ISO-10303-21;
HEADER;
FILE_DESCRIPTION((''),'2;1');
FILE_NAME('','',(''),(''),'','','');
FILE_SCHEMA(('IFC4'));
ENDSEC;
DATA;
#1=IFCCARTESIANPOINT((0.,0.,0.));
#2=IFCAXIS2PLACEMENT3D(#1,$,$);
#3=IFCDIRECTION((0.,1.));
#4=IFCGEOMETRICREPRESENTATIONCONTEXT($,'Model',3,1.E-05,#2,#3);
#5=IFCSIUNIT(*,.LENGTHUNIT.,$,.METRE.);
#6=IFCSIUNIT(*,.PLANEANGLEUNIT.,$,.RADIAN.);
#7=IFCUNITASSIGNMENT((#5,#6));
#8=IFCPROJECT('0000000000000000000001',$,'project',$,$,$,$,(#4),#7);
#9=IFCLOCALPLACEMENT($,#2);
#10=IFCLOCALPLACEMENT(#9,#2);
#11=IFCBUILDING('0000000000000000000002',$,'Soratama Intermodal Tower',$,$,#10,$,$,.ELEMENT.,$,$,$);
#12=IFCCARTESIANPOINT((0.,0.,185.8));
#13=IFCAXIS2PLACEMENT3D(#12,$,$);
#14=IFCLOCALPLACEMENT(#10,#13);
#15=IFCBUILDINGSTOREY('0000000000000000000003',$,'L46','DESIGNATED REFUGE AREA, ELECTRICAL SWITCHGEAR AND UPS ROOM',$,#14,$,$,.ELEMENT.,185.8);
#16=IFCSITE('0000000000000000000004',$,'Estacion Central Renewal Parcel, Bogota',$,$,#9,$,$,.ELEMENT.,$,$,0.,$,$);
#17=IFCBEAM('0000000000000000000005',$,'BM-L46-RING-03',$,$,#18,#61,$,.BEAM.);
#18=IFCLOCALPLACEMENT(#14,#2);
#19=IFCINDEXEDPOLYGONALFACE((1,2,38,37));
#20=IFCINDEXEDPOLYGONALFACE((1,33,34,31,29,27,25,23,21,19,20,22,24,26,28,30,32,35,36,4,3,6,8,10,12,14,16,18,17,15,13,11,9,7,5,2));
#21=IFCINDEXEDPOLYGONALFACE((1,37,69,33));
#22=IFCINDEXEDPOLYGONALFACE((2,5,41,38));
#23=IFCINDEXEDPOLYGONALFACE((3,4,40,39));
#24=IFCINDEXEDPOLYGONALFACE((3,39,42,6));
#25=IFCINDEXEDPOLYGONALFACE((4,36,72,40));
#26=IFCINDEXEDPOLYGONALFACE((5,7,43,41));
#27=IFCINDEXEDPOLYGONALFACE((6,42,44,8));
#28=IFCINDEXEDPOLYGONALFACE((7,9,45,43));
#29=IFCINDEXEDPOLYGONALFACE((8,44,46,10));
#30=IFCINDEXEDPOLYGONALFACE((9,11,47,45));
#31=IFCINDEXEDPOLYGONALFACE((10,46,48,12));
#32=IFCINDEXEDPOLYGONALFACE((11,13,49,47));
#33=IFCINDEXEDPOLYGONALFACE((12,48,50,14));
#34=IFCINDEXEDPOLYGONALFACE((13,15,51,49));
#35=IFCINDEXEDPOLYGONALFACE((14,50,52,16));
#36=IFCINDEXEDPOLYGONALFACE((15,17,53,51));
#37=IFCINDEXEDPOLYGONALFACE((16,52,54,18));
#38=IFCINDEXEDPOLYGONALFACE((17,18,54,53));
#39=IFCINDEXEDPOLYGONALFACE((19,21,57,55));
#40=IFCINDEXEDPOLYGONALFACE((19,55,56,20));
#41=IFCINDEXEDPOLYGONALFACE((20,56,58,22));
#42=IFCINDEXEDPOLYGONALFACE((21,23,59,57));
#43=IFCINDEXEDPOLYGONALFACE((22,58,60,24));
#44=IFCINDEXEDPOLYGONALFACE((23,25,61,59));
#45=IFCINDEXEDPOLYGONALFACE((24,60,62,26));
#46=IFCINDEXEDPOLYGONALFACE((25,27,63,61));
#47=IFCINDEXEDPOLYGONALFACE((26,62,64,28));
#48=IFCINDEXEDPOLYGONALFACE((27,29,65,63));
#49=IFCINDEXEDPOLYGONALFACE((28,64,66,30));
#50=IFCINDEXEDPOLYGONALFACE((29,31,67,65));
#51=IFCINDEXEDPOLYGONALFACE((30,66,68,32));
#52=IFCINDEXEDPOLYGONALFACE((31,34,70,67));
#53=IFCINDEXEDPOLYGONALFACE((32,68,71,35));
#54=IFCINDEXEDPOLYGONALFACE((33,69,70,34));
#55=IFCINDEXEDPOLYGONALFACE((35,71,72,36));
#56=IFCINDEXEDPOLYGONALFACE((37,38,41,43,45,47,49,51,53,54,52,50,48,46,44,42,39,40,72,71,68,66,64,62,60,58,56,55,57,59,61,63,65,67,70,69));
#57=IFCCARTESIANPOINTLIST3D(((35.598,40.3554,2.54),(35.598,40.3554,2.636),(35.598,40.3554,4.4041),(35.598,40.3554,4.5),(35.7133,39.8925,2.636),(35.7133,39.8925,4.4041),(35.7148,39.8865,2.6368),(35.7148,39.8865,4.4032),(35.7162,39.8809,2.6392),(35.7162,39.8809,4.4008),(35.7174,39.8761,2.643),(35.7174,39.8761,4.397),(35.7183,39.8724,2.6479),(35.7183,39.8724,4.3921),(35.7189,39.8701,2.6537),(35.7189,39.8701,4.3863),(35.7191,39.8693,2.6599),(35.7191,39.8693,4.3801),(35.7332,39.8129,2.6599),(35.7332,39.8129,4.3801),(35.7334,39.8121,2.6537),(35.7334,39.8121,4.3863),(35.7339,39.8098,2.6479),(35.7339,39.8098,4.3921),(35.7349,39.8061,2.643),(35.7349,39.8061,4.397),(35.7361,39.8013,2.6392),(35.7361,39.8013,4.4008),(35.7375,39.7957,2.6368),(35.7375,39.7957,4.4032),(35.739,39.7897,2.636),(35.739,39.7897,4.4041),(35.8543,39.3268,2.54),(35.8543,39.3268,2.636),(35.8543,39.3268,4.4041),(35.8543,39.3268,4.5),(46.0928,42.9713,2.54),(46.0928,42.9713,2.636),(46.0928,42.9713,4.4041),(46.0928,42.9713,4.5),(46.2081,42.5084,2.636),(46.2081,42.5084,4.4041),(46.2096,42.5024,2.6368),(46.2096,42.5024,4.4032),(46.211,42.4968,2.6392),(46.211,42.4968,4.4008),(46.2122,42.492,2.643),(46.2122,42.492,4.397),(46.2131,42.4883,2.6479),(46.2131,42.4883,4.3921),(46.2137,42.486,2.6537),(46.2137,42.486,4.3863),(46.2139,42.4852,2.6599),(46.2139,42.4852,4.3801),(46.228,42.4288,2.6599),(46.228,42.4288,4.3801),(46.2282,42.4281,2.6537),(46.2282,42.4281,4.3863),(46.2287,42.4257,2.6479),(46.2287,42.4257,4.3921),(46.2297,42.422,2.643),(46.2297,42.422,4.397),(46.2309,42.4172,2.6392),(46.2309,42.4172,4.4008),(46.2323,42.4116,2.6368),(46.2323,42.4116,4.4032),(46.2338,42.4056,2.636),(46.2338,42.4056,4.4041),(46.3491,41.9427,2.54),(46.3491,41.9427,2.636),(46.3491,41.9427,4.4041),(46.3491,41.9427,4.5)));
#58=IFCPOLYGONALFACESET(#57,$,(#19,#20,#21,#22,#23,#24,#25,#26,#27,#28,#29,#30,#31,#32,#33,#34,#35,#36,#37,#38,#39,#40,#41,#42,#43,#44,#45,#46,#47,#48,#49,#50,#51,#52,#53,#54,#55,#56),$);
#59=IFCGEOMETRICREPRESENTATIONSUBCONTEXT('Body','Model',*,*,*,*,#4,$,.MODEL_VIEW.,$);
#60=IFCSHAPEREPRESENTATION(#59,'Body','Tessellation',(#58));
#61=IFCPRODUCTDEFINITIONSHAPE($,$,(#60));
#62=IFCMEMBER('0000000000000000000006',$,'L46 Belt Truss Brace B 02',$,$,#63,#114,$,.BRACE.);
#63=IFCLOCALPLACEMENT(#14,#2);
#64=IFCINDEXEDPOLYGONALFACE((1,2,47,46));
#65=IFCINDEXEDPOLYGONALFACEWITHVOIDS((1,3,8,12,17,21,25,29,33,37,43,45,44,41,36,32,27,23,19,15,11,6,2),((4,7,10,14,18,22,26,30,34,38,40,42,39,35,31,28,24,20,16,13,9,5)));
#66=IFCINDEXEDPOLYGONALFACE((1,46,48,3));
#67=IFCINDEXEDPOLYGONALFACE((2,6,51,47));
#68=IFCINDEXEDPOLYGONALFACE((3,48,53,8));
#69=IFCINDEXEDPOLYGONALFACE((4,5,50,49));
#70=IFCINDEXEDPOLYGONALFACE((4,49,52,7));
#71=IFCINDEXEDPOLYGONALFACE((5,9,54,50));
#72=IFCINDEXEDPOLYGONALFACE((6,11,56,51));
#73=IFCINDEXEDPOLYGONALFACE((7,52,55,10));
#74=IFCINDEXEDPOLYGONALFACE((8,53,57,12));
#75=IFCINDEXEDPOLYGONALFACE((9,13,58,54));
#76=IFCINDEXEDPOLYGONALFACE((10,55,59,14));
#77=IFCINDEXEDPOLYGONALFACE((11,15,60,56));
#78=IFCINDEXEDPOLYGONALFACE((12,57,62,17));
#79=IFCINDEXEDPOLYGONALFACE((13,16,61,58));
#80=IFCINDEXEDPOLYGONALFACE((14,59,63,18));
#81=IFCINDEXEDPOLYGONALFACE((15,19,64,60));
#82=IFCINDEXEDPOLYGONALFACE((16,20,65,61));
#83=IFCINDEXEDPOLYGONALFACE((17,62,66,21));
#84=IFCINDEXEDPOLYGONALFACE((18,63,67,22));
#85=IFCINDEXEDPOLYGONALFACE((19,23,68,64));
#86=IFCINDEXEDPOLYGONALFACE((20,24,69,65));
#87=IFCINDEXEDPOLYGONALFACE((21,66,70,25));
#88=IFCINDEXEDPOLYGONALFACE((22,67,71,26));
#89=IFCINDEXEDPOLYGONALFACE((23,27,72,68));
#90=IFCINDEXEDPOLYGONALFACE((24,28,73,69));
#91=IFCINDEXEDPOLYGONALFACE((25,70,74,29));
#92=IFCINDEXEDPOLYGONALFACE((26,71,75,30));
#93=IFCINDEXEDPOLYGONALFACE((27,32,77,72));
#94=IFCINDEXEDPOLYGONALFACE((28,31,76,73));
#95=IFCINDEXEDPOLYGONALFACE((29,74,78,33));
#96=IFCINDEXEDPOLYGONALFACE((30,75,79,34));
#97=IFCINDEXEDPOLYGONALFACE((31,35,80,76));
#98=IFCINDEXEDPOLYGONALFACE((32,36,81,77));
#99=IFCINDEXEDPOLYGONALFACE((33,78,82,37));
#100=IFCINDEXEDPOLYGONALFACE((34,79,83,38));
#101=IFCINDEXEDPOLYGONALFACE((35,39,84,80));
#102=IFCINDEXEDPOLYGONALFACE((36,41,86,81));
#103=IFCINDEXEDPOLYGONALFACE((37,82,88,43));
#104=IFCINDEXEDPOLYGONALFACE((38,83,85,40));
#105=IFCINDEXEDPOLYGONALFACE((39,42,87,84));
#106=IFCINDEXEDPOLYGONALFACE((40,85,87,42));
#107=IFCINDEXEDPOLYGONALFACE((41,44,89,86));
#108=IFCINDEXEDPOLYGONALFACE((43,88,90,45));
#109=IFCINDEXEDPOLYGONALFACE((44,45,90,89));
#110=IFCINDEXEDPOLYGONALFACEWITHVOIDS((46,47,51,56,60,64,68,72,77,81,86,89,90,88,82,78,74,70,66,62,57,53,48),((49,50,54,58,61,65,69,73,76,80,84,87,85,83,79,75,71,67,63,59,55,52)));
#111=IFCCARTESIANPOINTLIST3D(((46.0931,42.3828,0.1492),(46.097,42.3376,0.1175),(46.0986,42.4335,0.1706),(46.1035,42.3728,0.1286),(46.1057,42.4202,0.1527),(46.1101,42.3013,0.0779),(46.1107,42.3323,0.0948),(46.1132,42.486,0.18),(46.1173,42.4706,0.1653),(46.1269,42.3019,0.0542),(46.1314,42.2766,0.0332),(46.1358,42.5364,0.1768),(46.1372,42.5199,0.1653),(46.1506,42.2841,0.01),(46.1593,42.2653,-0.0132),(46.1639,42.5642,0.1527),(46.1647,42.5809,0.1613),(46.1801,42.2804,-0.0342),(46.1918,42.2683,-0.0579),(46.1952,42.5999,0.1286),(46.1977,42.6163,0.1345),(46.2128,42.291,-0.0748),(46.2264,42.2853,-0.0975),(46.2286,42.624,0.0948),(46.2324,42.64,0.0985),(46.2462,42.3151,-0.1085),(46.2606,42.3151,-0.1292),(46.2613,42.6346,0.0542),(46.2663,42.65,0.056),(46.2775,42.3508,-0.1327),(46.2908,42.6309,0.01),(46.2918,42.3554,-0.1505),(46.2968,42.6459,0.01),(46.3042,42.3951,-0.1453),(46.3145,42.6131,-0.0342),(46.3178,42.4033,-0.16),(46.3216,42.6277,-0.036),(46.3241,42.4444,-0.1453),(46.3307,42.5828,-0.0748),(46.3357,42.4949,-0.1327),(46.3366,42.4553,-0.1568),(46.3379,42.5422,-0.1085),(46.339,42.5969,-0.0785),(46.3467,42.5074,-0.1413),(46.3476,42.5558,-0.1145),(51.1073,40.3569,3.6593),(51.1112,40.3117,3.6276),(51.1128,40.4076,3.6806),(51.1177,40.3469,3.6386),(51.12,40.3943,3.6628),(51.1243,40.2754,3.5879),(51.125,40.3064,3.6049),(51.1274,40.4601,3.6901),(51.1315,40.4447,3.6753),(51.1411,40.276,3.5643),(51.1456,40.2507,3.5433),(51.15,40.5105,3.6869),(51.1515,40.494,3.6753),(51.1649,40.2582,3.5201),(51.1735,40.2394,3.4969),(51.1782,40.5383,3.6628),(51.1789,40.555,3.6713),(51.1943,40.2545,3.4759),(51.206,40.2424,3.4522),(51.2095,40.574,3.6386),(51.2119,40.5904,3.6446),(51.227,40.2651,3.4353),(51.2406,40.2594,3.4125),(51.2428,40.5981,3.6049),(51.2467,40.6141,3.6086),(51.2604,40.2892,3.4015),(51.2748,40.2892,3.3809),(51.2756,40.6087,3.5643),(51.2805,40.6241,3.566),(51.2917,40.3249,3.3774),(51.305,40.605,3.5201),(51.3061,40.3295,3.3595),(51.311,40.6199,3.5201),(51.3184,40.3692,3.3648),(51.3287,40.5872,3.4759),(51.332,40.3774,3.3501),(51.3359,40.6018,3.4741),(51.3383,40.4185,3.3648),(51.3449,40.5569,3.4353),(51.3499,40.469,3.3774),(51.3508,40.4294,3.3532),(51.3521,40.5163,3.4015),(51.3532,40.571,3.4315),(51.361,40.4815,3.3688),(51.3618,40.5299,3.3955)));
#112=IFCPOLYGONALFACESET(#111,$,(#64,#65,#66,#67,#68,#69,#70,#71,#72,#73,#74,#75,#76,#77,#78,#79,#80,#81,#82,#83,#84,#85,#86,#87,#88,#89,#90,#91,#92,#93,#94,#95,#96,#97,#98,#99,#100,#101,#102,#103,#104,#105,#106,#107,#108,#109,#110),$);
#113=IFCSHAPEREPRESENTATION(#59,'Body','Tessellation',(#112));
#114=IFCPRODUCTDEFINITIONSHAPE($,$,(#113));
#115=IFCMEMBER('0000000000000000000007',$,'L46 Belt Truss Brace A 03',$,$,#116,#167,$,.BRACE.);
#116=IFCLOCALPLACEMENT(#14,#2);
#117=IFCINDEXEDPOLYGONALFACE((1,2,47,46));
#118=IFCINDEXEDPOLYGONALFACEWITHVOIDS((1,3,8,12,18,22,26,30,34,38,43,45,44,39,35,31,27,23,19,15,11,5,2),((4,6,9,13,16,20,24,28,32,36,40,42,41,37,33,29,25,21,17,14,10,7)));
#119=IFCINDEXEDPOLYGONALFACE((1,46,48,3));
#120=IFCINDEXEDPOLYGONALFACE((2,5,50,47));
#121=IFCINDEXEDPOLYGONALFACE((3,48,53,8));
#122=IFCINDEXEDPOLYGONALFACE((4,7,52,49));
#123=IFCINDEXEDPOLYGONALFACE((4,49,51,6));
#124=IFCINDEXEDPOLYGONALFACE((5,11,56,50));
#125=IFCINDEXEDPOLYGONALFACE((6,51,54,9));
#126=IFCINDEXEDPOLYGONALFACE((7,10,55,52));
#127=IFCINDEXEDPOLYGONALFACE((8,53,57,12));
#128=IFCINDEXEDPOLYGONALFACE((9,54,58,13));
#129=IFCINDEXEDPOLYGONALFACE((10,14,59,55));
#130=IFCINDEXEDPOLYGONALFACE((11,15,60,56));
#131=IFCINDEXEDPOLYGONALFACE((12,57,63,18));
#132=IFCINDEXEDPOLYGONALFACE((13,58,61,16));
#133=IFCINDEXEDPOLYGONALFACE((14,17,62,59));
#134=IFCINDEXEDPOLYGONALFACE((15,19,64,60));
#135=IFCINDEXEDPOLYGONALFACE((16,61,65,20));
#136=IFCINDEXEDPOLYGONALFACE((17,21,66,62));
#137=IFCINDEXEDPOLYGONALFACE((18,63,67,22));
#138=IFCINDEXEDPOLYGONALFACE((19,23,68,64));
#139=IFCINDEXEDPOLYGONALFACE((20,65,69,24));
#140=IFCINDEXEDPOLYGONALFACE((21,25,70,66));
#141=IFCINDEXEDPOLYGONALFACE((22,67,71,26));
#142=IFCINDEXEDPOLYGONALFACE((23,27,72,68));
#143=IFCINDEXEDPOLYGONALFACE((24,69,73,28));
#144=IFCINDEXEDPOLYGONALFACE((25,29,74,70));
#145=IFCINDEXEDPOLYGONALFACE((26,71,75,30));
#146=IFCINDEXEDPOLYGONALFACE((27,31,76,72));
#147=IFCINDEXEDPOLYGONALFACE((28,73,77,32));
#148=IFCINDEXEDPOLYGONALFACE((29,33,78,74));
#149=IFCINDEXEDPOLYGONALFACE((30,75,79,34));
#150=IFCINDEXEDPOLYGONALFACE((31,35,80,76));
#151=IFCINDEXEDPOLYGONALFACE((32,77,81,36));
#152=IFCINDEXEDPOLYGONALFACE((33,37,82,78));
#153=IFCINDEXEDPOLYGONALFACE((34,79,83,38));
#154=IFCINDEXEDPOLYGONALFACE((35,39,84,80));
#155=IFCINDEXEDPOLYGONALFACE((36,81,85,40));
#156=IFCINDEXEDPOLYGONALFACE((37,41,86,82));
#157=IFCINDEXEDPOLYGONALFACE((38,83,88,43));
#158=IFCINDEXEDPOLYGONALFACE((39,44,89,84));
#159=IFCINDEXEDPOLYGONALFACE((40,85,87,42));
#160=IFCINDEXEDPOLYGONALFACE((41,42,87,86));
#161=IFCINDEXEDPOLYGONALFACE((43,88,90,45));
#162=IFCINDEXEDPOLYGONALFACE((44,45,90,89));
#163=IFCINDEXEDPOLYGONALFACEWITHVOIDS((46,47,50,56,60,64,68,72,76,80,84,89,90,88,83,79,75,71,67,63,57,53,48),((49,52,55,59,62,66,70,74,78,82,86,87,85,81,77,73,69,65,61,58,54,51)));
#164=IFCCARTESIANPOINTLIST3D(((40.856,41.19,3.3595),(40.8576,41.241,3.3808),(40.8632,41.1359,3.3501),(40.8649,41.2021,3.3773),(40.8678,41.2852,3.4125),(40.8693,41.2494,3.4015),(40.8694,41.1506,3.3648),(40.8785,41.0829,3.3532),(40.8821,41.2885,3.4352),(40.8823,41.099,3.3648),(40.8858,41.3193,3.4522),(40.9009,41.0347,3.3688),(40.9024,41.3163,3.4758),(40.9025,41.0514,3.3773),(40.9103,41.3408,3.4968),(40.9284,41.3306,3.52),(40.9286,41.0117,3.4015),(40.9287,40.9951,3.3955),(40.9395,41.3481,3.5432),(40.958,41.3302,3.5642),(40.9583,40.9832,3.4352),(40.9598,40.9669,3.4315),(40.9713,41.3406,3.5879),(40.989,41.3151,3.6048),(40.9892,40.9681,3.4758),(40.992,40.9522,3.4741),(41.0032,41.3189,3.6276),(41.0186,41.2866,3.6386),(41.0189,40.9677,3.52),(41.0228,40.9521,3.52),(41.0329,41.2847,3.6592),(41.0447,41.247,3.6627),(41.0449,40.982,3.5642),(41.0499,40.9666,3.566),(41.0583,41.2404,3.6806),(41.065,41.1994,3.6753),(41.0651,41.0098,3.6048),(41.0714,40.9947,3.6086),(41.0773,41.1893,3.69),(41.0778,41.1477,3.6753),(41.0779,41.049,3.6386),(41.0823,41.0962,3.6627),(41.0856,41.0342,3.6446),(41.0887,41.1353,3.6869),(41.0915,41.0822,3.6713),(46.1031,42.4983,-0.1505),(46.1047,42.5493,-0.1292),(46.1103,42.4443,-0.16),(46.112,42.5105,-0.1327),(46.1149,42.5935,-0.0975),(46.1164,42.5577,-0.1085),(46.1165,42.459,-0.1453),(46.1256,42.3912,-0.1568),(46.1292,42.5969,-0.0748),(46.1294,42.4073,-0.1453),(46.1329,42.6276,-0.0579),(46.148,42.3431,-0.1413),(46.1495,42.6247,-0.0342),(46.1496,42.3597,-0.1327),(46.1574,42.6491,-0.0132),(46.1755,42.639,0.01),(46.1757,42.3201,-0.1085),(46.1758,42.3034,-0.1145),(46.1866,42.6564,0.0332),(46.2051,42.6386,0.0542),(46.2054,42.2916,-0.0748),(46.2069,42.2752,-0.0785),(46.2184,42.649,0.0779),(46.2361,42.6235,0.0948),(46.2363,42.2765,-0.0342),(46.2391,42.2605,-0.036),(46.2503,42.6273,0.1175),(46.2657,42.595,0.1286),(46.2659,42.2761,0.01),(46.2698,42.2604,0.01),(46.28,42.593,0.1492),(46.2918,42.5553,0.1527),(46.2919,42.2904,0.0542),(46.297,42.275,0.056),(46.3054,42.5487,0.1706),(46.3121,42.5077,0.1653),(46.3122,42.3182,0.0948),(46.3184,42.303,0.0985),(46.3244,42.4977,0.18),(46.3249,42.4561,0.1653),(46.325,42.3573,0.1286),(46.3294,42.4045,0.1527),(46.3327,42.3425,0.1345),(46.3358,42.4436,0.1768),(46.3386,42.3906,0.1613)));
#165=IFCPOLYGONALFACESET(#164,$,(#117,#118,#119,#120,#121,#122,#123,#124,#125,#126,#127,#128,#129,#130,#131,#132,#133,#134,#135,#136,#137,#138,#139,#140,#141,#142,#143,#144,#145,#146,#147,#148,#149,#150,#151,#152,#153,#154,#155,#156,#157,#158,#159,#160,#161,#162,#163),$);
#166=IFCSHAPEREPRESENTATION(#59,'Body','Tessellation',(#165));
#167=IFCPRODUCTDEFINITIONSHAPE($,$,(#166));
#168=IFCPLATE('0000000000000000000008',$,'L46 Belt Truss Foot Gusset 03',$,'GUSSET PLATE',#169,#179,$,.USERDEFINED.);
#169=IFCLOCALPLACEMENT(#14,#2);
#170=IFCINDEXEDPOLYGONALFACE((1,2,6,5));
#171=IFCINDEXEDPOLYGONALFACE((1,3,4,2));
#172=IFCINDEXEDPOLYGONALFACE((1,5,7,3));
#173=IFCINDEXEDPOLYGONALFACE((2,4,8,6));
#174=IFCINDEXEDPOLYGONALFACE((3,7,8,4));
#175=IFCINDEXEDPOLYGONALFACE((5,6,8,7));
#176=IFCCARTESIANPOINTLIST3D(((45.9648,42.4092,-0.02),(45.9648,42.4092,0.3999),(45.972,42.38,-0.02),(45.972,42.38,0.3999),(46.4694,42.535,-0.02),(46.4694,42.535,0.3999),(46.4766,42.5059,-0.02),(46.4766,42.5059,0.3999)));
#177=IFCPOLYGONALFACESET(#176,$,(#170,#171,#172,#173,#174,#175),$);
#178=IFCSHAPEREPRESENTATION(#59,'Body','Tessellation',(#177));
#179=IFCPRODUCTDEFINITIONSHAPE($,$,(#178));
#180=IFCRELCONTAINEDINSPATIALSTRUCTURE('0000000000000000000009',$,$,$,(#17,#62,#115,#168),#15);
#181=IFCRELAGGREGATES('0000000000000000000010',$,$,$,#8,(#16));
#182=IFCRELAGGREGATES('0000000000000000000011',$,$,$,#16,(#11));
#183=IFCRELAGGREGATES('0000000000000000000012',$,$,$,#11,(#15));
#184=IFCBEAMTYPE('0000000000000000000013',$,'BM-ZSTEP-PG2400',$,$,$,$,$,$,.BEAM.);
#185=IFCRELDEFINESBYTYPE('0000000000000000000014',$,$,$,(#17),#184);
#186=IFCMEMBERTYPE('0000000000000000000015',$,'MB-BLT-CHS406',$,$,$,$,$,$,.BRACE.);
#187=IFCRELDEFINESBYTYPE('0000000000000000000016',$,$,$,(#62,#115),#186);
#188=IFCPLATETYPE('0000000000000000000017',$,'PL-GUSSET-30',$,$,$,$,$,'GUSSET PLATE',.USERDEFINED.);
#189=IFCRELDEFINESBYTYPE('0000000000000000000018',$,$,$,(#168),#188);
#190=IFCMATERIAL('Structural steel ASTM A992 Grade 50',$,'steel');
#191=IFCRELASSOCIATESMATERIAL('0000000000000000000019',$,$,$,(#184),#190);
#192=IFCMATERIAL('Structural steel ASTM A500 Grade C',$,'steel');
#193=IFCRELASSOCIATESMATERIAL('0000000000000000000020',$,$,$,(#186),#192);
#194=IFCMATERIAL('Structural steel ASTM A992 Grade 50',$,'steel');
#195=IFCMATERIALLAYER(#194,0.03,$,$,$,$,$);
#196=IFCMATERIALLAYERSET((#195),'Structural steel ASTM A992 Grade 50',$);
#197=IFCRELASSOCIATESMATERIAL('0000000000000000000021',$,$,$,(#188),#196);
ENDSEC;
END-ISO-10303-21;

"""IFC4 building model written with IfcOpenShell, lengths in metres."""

from ifc_helpers import new_model, si_unit, direction, frame, origin, origin_2d, place, context, subcontext, project, spatial, rectangle, hollow_circle, i_section, extrude, material, layer, layer_set, material_profile, profile_set, type_object, element, save


model = new_model("IFC4")

# Units and contexts
model_context = context("Model", 3, precision=1e-05, world=origin(), true_north=direction((0.0, 1.0)))
body_context = subcontext(model_context, "Body", "Model", "MODEL_VIEW")
ifc_project = project(units=[si_unit("LENGTHUNIT", "METRE"), si_unit("PLANEANGLEUNIT", "RADIAN")], contexts=[model_context])

# Site, building, storey
site_placement = place(None, origin())
site = spatial("IfcSite", under=ifc_project, at=site_placement, Name="Estacion Central Renewal Parcel, Bogota", CompositionType="ELEMENT", RefElevation=0.0)
building_placement = place(site_placement, origin())
building = spatial("IfcBuilding", under=site, at=building_placement, Name="Soratama Intermodal Tower", CompositionType="ELEMENT")
storey_placement = place(building_placement, frame((0.0, 0.0, 185.8)))
storey = spatial("IfcBuildingStorey", under=building, at=storey_placement, Name="L46", Description="DESIGNATED REFUGE AREA, ELECTRICAL SWITCHGEAR AND UPS ROOM", CompositionType="ELEMENT", Elevation=185.8)

# Beam
ifc_material_1 = material(Name="Structural steel ASTM A992 Grade 50", Category="steel")
ifc_material_profile_1 = material_profile(ifc_material_1, i_section(OverallWidth=1.0601, OverallDepth=1.96, WebThickness=0.0581, FlangeThickness=0.0959, FilletRadius=0.0239, at=origin_2d()), Name="PG2400X900")
ifc_profile_set_1 = profile_set([ifc_material_profile_1], Name="Structural steel ASTM A992 Grade 50")
beam_type_1 = type_object("IfcBeamType", Name="BM-ZSTEP-PG2400", PredefinedType="BEAM", material=ifc_profile_set_1)
beam_1_placement = place(storey_placement, frame((46.2209, 42.457, 3.52), z_axis=(-0.970311, -0.241861, 0.0), x_axis=(0.241861, -0.970311, 0.0)))
element("IfcBeam", 1, at=beam_1_placement, inside=storey, type_object=beam_type_1, Name="BM-L46-RING-03", PredefinedType="BEAM", context=body_context, shape_type="SweptSolid", body=[
    extrude(i_section(OverallWidth=1.0601, OverallDepth=1.96, WebThickness=0.0581, FlangeThickness=0.0959, FilletRadius=0.0239, at=origin_2d()), origin(), (0.0, 0.0, 1.0), 10.8159),
])

# Members
ifc_material_2 = material(Name="Structural steel ASTM A500 Grade C", Category="steel")
ifc_material_profile_2 = material_profile(ifc_material_2, hollow_circle(Radius=0.2031, WallThickness=0.0161, at=origin_2d()), Name="CHS406X16")
ifc_profile_set_2 = profile_set([ifc_material_profile_2], Name="Structural steel ASTM A500 Grade C")
member_type = type_object("IfcMemberType", Name="MB-BLT-CHS406", PredefinedType="BRACE", material=ifc_profile_set_2)
member_1_placement = place(storey_placement, frame((46.2207, 42.4575, 0.01), z_axis=(0.777729, -0.314227, 0.544425), x_axis=(0.374611, 0.927182, 0.0)))
element("IfcMember", 2, at=member_1_placement, inside=storey, type_object=member_type, Name="L46 Belt Truss Brace B 02", PredefinedType="BRACE", context=body_context, shape_type="SweptSolid", body=[
    extrude(hollow_circle(Radius=0.2031, WallThickness=0.0161, at=origin_2d()), origin(), (0.0, 0.0, 1.0), 6.4473),
])
member_2_placement = place(storey_placement, frame((46.2207, 42.4575, 0.01), z_axis=(-0.813879, -0.20294, 0.544442), x_axis=(0.241941, -0.970291, 0.0)))
element("IfcMember", 3, at=member_2_placement, inside=storey, type_object=member_type, Name="L46 Belt Truss Brace A 03", PredefinedType="BRACE", context=body_context, shape_type="SweptSolid", body=[
    extrude(hollow_circle(Radius=0.2031, WallThickness=0.0161, at=origin_2d()), origin(), (0.0, 0.0, 1.0), 6.447),
])

# Plate
ifc_material_3 = material(Name="Structural steel ASTM A992 Grade 50", Category="steel")
ifc_layer_1 = layer(ifc_material_3, 0.03)
ifc_layer_set_1 = layer_set([ifc_layer_1], Name="Structural steel ASTM A992 Grade 50")
plate_type = type_object("IfcPlateType", Name="PL-GUSSET-30", ElementType="GUSSET PLATE", PredefinedType="USERDEFINED", material=ifc_layer_set_1)
plate_placement = place(storey_placement, frame((46.2207, 42.4575, -0.02), z_axis=(0.0, 0.0, 1.0), x_axis=(-0.970296, -0.241922, 0.0)))
element("IfcPlate", 4, at=plate_placement, inside=storey, type_object=plate_type, Name="L46 Belt Truss Foot Gusset 03", ObjectType="GUSSET PLATE", PredefinedType="USERDEFINED", context=body_context, shape_type="SweptSolid", body=[
    extrude(rectangle(XDim=0.52, YDim=0.03, at=origin_2d()), origin(), (0.0, 0.0, 1.0), 0.4199),
])

save(model, "model.ifc")
